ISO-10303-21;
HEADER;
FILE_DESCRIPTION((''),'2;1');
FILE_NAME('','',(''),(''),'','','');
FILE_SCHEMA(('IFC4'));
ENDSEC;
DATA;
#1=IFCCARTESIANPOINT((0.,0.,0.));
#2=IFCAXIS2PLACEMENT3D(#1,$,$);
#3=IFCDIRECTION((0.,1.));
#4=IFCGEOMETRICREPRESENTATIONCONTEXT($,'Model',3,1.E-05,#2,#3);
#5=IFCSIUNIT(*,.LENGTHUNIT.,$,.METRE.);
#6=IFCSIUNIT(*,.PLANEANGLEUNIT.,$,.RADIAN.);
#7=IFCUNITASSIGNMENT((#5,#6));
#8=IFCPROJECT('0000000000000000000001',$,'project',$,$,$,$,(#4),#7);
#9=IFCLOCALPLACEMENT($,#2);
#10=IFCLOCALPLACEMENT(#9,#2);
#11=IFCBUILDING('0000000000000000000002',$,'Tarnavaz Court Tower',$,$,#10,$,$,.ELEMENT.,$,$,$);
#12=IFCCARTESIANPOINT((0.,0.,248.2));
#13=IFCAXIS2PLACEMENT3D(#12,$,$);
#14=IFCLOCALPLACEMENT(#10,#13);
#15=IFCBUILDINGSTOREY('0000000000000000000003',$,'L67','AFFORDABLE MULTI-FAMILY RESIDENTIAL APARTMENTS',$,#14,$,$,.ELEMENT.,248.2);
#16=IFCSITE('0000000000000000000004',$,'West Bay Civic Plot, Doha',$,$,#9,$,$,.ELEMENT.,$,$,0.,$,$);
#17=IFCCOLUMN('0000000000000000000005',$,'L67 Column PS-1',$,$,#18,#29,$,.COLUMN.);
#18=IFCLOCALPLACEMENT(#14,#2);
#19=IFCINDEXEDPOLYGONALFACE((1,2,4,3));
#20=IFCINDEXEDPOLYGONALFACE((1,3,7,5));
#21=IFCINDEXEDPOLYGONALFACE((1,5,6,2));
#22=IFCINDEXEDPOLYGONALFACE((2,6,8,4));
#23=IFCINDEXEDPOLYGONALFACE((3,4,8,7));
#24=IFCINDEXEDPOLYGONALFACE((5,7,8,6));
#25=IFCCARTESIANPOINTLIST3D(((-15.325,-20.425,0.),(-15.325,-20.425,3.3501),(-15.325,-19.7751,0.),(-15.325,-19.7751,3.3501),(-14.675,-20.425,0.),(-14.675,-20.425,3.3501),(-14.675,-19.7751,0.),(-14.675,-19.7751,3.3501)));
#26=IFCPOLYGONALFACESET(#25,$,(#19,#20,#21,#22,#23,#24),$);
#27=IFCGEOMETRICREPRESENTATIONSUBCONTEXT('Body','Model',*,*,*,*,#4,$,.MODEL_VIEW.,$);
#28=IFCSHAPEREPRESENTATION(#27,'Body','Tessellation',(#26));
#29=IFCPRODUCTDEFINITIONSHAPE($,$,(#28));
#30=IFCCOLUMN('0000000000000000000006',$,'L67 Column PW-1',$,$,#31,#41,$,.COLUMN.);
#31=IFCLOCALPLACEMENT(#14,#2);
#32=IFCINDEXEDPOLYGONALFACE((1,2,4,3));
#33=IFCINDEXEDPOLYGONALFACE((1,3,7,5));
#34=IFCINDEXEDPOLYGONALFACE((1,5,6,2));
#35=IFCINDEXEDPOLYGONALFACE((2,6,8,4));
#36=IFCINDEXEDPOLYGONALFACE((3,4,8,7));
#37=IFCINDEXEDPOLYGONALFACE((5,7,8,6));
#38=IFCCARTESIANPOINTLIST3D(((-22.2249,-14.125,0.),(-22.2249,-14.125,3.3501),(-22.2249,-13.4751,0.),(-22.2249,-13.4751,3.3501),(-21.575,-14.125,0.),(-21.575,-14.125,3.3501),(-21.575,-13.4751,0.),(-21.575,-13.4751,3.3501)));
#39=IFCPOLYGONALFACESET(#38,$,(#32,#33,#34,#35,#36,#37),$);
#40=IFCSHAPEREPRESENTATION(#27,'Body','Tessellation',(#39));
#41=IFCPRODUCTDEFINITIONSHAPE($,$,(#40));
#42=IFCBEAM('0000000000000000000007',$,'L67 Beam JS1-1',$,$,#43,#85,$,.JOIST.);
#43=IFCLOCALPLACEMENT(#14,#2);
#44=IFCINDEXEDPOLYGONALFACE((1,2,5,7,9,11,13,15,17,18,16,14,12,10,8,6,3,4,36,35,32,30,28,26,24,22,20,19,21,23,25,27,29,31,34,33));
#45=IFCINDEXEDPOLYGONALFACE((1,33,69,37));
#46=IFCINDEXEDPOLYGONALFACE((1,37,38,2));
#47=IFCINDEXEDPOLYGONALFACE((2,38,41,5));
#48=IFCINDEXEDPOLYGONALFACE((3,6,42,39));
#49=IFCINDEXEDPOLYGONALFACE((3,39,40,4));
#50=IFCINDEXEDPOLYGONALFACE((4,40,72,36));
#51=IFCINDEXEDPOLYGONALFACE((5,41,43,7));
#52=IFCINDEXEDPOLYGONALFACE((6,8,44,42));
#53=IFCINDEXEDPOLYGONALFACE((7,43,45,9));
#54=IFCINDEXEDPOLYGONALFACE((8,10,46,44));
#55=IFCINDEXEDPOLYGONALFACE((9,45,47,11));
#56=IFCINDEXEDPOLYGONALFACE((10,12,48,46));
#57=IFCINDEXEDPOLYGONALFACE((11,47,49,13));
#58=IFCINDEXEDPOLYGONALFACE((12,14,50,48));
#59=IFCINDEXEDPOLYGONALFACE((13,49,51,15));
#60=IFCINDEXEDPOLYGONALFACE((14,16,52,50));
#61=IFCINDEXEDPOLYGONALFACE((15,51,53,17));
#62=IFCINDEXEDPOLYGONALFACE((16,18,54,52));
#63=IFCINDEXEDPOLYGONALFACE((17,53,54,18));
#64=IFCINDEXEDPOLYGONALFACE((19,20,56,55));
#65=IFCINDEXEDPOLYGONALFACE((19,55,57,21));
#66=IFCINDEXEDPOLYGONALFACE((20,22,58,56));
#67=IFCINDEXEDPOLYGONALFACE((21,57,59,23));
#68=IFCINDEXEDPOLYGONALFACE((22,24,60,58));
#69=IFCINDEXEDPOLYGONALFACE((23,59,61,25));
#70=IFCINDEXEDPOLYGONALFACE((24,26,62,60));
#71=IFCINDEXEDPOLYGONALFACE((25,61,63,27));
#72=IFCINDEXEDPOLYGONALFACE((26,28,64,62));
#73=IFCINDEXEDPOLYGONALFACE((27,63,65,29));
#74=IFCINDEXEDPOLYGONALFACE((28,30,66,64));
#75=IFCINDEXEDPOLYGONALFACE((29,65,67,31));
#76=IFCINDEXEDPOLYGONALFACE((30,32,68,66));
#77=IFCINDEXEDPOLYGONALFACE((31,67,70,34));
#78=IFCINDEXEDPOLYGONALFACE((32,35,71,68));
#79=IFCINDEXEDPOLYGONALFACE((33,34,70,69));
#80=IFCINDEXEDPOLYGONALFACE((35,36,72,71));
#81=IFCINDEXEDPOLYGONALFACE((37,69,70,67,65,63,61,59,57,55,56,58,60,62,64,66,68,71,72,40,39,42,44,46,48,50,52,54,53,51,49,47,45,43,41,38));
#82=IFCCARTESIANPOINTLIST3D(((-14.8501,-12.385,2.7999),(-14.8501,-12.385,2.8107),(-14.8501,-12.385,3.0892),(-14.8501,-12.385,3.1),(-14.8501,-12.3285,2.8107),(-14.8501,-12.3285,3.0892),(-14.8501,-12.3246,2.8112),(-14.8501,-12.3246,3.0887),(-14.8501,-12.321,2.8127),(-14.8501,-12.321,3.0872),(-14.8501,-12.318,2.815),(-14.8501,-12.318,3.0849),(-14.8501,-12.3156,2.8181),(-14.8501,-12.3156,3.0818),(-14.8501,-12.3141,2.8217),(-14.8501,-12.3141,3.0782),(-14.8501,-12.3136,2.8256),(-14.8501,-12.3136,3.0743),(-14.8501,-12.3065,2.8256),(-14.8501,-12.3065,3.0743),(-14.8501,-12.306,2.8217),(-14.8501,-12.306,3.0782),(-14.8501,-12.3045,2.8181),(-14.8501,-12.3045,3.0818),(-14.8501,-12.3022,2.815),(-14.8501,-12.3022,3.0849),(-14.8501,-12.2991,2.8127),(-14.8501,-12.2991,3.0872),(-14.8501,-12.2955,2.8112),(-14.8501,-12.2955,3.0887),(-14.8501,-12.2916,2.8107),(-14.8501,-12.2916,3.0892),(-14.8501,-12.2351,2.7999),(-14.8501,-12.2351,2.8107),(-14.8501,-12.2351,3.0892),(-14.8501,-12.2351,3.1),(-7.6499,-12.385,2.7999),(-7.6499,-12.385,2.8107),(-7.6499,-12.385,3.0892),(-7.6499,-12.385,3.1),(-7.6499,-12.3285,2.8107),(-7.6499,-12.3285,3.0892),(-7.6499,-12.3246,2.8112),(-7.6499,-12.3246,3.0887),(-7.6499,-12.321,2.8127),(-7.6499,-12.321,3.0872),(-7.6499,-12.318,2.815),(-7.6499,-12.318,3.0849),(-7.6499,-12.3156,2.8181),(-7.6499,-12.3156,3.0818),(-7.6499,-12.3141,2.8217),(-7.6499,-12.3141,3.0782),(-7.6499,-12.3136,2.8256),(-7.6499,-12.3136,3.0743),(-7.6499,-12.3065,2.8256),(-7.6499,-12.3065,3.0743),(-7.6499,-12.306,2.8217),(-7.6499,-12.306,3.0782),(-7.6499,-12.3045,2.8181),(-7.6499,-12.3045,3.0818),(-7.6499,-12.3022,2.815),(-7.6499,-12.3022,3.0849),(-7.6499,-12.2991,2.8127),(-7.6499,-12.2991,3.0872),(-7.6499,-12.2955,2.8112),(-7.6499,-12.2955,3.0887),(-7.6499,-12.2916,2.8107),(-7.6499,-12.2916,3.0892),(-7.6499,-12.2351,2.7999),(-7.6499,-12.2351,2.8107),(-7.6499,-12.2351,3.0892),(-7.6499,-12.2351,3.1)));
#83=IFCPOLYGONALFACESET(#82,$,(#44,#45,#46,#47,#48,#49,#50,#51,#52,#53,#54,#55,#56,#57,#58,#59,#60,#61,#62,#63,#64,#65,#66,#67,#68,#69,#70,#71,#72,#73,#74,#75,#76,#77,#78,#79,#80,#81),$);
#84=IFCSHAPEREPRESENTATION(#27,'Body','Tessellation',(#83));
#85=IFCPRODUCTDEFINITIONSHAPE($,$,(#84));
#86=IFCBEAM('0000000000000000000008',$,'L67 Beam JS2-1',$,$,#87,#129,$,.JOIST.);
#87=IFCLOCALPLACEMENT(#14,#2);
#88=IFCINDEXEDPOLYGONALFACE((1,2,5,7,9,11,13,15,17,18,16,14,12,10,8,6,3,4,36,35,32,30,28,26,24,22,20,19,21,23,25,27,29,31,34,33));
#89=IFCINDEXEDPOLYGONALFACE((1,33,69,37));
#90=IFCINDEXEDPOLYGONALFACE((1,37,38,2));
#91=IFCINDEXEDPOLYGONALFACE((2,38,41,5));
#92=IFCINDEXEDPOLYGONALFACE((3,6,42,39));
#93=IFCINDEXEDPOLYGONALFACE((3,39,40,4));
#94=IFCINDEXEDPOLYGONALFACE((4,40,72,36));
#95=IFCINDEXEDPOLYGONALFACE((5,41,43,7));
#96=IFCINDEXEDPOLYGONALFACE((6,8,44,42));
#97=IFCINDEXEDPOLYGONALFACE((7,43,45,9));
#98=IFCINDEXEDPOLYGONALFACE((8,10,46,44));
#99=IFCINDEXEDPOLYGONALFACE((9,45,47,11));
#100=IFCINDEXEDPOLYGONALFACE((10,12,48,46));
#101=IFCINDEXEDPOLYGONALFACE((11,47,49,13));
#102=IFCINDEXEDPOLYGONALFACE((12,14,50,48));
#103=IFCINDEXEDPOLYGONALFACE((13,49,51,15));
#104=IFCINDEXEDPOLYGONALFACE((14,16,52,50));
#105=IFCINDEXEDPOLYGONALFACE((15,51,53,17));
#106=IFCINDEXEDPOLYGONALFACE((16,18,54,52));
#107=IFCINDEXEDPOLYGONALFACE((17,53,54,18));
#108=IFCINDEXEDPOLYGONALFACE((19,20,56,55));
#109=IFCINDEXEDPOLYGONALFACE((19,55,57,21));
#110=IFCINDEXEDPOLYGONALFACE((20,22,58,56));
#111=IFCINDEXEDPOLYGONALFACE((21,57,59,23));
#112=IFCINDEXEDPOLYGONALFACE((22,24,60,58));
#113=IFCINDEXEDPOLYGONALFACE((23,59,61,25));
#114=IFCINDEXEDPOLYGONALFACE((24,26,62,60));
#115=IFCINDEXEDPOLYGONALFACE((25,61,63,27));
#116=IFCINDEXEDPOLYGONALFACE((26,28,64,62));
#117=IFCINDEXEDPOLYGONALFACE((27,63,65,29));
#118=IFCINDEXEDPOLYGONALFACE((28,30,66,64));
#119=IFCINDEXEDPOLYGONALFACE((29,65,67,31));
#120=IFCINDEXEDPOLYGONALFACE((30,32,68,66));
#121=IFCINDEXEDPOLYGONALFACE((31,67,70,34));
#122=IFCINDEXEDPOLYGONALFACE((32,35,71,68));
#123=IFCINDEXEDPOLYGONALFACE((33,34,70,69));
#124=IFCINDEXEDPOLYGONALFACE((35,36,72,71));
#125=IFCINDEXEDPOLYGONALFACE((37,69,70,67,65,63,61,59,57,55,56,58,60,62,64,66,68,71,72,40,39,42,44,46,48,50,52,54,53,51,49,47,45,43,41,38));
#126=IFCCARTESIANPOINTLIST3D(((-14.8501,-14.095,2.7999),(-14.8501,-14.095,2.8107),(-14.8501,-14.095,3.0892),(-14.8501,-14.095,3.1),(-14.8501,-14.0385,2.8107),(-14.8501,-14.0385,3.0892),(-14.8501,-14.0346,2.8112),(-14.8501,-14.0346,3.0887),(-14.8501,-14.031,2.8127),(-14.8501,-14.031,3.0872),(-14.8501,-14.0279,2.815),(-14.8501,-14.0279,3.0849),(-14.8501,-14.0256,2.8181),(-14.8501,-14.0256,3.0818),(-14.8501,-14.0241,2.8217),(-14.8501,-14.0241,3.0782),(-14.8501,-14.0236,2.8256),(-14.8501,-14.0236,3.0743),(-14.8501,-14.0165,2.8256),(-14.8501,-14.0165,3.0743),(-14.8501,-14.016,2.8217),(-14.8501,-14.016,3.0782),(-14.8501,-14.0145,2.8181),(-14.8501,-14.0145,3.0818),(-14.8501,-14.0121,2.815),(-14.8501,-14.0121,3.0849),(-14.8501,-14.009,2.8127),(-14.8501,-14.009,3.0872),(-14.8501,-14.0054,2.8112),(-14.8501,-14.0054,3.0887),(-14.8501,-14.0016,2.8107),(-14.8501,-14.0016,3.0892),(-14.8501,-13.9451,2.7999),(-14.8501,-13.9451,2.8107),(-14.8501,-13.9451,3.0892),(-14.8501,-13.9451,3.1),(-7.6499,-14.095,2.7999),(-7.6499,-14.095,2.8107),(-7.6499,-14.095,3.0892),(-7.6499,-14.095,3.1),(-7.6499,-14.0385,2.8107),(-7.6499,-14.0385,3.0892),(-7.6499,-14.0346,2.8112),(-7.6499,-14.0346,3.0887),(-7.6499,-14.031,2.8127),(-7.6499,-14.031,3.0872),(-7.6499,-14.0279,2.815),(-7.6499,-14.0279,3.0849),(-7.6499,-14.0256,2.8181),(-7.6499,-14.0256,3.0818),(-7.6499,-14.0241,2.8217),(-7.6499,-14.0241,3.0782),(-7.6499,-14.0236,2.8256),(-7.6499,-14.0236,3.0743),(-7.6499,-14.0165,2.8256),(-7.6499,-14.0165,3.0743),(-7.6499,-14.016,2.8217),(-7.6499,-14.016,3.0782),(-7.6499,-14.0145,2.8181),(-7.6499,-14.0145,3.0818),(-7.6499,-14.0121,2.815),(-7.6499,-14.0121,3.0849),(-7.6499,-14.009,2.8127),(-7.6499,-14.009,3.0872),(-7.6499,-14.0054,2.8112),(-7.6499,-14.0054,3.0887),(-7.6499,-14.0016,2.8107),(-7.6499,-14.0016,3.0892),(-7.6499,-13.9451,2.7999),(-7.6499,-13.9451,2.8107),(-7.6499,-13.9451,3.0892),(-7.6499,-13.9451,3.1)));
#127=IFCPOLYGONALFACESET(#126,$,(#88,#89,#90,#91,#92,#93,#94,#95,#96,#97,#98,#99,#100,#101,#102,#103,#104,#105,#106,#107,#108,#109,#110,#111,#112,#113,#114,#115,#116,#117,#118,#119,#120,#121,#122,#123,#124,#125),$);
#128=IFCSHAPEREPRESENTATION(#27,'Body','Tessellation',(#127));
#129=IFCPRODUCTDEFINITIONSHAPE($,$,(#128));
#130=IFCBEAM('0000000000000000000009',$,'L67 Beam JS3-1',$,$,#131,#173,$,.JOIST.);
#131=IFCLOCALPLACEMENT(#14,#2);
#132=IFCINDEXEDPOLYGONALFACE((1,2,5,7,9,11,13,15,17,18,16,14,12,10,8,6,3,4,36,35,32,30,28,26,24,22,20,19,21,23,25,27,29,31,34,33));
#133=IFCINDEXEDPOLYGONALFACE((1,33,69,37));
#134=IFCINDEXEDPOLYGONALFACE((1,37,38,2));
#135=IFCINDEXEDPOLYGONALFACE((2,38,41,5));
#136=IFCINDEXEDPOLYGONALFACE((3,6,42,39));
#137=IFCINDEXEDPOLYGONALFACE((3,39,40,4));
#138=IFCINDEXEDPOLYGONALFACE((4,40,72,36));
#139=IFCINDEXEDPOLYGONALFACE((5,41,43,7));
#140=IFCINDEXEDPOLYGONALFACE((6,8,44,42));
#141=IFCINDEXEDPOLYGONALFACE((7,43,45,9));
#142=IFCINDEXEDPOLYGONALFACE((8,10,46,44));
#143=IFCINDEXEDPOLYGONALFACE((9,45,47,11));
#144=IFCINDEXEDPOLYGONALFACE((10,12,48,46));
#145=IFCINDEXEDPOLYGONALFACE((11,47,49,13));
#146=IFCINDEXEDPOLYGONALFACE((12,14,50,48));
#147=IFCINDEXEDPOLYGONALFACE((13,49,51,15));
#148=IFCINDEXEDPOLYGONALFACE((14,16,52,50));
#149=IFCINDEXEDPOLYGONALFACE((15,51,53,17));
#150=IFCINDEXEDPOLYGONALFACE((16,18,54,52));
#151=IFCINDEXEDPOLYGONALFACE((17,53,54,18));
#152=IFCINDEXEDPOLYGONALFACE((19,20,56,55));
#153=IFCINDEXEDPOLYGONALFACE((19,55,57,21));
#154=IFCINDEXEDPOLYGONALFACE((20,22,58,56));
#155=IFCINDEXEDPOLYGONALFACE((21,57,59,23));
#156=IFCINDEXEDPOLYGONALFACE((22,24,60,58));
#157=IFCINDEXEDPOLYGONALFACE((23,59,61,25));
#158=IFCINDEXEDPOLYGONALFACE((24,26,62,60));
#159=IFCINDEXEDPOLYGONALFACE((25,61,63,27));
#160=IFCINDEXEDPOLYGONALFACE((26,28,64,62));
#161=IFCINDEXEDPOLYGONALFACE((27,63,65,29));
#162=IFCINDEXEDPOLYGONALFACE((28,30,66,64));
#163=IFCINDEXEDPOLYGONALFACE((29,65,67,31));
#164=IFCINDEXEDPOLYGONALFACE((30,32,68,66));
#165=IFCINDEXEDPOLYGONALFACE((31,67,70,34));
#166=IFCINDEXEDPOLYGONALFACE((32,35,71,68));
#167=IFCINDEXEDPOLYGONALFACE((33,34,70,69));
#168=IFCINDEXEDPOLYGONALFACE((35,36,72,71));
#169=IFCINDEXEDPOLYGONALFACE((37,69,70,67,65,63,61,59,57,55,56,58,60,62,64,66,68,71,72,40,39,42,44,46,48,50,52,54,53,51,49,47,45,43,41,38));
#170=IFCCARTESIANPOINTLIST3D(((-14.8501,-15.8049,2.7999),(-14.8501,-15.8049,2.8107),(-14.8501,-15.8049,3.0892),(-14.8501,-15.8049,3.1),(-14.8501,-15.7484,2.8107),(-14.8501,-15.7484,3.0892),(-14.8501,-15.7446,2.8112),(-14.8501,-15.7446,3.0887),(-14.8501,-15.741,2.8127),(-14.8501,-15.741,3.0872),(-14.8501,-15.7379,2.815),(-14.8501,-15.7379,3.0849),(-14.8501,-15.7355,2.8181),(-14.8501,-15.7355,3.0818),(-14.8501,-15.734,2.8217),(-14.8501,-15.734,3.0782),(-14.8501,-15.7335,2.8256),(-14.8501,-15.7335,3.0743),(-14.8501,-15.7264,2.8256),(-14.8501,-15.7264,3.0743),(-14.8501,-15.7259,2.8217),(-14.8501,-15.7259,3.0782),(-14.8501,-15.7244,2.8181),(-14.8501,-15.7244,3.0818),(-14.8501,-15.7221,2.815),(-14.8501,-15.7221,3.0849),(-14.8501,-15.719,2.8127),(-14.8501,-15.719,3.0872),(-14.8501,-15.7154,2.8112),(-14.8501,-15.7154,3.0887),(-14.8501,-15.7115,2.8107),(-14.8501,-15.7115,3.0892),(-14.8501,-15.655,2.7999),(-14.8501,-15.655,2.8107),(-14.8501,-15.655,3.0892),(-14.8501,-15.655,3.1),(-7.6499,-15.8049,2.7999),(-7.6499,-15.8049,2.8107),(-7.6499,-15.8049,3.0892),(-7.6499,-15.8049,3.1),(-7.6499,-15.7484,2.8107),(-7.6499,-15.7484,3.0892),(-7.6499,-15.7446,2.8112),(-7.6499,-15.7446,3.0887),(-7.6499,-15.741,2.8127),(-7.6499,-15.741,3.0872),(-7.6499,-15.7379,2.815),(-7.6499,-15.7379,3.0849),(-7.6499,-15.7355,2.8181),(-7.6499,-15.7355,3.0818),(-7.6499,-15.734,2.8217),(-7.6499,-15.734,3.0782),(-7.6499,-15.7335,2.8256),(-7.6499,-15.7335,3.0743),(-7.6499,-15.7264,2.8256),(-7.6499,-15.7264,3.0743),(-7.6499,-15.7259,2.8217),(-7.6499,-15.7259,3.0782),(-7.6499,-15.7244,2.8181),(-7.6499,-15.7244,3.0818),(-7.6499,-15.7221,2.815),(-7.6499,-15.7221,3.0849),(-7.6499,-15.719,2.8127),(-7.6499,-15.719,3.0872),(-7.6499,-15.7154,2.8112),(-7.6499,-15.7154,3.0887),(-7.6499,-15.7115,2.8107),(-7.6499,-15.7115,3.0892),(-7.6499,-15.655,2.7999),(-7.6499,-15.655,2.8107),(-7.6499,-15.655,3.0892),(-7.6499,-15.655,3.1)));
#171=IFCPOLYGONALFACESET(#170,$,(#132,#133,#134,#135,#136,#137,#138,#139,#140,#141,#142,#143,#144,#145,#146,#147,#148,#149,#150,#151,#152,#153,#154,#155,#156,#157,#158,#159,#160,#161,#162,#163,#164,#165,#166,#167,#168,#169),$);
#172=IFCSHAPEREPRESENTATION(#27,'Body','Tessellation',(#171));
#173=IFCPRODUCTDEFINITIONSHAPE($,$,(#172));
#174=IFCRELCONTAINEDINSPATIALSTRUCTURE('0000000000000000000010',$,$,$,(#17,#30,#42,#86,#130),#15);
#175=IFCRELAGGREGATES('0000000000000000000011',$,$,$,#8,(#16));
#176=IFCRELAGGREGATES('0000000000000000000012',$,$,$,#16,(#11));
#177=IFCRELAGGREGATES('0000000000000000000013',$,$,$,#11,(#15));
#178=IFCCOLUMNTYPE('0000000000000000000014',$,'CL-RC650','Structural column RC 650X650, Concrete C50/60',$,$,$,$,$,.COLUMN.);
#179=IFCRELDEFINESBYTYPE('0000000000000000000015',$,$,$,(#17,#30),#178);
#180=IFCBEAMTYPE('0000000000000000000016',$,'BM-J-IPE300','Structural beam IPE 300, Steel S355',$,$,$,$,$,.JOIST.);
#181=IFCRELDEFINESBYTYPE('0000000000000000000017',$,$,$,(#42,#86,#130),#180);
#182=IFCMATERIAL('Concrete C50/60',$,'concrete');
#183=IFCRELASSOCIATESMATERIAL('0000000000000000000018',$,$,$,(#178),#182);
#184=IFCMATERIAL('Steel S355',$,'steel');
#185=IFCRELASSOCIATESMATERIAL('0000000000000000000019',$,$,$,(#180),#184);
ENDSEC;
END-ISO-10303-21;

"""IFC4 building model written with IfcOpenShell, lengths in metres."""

from ifc_helpers import new_model, si_unit, direction, frame, origin, origin_2d, place, context, subcontext, project, spatial, rectangle, i_section, extrude, material, material_profile, profile_set, type_object, element, save


model = new_model("IFC4")

# Units and contexts
model_context = context("Model", 3, precision=1e-05, world=origin(), true_north=direction((0.0, 1.0)))
body_context = subcontext(model_context, "Body", "Model", "MODEL_VIEW")
ifc_project = project(units=[si_unit("LENGTHUNIT", "METRE"), si_unit("PLANEANGLEUNIT", "RADIAN")], contexts=[model_context])

# Site, building, storey
site_placement = place(None, origin())
site = spatial("IfcSite", under=ifc_project, at=site_placement, Name="West Bay Civic Plot, Doha", CompositionType="ELEMENT", RefElevation=0.0)
building_placement = place(site_placement, origin())
building = spatial("IfcBuilding", under=site, at=building_placement, Name="Tarnavaz Court Tower", CompositionType="ELEMENT")
storey_placement = place(building_placement, frame((0.0, 0.0, 248.2)))
storey = spatial("IfcBuildingStorey", under=building, at=storey_placement, Name="L67", Description="AFFORDABLE MULTI-FAMILY RESIDENTIAL APARTMENTS", CompositionType="ELEMENT", Elevation=248.2)

# Columns
ifc_material_1 = material(Name="Concrete C50/60", Category="concrete")
ifc_material_profile_1 = material_profile(ifc_material_1, rectangle(XDim=0.6499, YDim=0.6499, at=origin_2d()), Name="RC 650X650")
ifc_profile_set_1 = profile_set([ifc_material_profile_1], Name="Concrete C50/60")
column_type = type_object("IfcColumnType", Name="CL-RC650", Description="Structural column RC 650X650, Concrete C50/60", PredefinedType="COLUMN", material=ifc_profile_set_1)
for number, where, z_axis, x_axis, name in (
    (1, (-15.0, -20.1001, 0.0), (0.0, 0.0, 1.0), (1.0, 0.0, 0.0), "L67 Column PS-1"),
    (2, (-21.8999, -13.8, 0.0), (0.0, 0.0, 1.0), (1.0, 0.0, 0.0), "L67 Column PW-1"),
):
    element("IfcColumn", number, at=place(storey_placement, frame(where, z_axis=z_axis, x_axis=x_axis)), inside=storey, type_object=column_type, Name=name, PredefinedType="COLUMN", context=body_context, shape_type="SweptSolid", body=[
        extrude(rectangle(XDim=0.6499, YDim=0.6499, at=origin_2d()), origin(), (0.0, 0.0, 1.0), 3.3501),
    ])

# Beams
ifc_material_2 = material(Name="Steel S355", Category="steel")
ifc_material_profile_2 = material_profile(ifc_material_2, i_section(OverallWidth=0.1499, OverallDepth=0.3, WebThickness=0.0071, FlangeThickness=0.0107, FilletRadius=0.0149, at=origin_2d()), Name="IPE 300")
ifc_profile_set_2 = profile_set([ifc_material_profile_2], Name="Steel S355")
beam_type_1 = type_object("IfcBeamType", Name="BM-J-IPE300", Description="Structural beam IPE 300, Steel S355", PredefinedType="JOIST", material=ifc_profile_set_2)
for number, where, z_axis, x_axis, name in (
    (3, (-14.8501, -12.3101, 2.95), (1.0, 0.0, 0.0), (0.0, 1.0, 0.0), "L67 Beam JS1-1"),
    (4, (-14.8501, -14.02, 2.95), (1.0, 0.0, 0.0), (0.0, 1.0, 0.0), "L67 Beam JS2-1"),
    (5, (-14.8501, -15.73, 2.95), (1.0, 0.0, 0.0), (0.0, 1.0, 0.0), "L67 Beam JS3-1"),
):
    element("IfcBeam", number, at=place(storey_placement, frame(where, z_axis=z_axis, x_axis=x_axis)), inside=storey, type_object=beam_type_1, Name=name, PredefinedType="JOIST", context=body_context, shape_type="SweptSolid", body=[
        extrude(i_section(OverallWidth=0.1499, OverallDepth=0.3, WebThickness=0.0071, FlangeThickness=0.0107, FilletRadius=0.0149, at=origin_2d()), origin(), (0.0, 0.0, 1.0), 7.2002),
    ])

save(model, "model.ifc")
